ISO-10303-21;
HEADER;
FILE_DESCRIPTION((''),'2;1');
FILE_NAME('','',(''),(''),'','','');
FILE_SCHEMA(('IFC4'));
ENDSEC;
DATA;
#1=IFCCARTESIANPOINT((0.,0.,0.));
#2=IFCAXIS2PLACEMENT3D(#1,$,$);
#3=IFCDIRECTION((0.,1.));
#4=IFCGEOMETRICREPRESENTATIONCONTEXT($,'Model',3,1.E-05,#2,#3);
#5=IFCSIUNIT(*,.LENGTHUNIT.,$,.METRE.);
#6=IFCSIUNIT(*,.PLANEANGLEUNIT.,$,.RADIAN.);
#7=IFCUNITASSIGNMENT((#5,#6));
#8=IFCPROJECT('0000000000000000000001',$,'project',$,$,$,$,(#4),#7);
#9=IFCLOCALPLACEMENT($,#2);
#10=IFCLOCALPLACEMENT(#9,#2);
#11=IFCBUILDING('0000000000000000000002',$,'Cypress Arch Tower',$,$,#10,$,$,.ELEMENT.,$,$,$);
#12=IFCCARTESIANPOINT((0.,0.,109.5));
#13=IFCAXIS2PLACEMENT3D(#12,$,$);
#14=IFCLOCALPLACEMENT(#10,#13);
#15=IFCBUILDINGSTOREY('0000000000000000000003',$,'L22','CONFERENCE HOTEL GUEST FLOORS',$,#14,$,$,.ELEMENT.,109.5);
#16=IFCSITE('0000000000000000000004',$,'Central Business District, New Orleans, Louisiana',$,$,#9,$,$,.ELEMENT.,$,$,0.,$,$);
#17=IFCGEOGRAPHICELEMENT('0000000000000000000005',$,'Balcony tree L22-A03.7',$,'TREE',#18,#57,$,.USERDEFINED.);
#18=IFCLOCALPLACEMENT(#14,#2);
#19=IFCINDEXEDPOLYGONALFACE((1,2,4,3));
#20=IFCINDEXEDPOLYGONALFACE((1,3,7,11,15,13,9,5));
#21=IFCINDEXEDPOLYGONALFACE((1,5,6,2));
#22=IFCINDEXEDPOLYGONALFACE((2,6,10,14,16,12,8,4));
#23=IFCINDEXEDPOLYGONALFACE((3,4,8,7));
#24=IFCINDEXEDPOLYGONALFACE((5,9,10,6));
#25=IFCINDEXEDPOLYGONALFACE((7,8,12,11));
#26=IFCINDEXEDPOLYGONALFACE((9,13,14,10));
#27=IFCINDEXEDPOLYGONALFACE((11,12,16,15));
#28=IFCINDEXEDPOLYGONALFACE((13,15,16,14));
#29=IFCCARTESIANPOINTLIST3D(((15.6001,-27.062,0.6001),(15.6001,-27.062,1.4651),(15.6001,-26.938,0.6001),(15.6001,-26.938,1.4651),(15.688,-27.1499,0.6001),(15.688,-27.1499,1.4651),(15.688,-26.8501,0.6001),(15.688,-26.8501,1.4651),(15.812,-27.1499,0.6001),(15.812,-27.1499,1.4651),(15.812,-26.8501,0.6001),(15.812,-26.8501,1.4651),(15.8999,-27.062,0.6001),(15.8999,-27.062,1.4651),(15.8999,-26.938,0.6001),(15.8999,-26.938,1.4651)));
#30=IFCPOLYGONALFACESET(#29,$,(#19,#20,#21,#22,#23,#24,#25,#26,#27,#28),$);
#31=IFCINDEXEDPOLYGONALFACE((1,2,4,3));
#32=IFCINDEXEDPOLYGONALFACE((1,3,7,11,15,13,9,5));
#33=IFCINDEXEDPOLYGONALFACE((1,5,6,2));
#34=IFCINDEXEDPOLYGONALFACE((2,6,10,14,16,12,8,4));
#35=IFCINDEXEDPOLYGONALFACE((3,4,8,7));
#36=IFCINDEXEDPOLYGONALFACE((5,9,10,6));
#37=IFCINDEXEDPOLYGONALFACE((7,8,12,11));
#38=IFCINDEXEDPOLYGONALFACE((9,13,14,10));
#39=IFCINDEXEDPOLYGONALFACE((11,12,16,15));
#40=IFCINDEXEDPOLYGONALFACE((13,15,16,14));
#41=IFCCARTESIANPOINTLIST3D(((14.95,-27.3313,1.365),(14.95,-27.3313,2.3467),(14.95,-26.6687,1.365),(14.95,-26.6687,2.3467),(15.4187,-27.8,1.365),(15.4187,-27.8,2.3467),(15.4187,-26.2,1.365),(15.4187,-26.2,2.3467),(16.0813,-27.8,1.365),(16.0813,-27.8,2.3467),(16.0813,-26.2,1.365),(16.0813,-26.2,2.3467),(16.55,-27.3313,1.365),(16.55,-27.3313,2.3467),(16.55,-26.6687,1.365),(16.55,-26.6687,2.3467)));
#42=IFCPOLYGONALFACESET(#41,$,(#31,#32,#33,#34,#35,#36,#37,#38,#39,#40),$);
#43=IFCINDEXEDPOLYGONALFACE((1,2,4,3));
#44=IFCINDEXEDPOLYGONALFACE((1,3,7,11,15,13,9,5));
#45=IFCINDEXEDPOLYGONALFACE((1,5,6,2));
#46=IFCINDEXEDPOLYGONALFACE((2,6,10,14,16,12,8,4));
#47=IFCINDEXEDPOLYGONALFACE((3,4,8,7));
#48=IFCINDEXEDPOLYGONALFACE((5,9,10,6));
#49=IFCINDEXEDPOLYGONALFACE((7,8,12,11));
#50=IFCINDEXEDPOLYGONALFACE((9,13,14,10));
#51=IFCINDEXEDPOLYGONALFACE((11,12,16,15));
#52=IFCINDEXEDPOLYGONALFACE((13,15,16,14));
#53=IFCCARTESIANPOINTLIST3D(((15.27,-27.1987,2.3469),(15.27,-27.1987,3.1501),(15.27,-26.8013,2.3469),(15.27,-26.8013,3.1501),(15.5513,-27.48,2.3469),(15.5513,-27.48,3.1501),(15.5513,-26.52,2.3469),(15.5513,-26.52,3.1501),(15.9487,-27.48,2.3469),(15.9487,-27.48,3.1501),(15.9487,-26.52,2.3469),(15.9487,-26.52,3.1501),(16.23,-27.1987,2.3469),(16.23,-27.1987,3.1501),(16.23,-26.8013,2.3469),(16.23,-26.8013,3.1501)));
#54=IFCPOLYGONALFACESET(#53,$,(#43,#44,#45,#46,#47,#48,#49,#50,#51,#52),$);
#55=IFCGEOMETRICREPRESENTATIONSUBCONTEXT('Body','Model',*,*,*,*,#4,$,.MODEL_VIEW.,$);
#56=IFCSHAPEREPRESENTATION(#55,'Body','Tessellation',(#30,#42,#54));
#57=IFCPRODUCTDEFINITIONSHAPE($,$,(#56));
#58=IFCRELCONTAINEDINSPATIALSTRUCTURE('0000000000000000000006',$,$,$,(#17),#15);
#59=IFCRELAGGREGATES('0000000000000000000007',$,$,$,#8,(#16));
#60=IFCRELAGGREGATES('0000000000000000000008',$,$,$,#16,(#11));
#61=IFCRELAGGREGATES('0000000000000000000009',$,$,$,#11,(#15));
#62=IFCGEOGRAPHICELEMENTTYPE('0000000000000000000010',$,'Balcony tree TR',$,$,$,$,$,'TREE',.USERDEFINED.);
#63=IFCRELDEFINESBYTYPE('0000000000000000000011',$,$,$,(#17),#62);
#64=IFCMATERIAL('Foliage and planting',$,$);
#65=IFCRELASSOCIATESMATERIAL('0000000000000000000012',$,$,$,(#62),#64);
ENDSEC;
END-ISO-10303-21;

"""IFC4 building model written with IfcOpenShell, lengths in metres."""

from ifc_helpers import new_model, si_unit, direction, frame, origin, place, context, subcontext, project, spatial, polyline, outline, extrude, material, type_object, element, save


model = new_model("IFC4")

# Units and contexts
model_context = context("Model", 3, precision=1e-05, world=origin(), true_north=direction((0.0, 1.0)))
body_context = subcontext(model_context, "Body", "Model", "MODEL_VIEW")
ifc_project = project(units=[si_unit("LENGTHUNIT", "METRE"), si_unit("PLANEANGLEUNIT", "RADIAN")], contexts=[model_context])

# Site, building, storey
site_placement = place(None, origin())
site = spatial("IfcSite", under=ifc_project, at=site_placement, Name="Central Business District, New Orleans, Louisiana", CompositionType="ELEMENT", RefElevation=0.0)
building_placement = place(site_placement, origin())
building = spatial("IfcBuilding", under=site, at=building_placement, Name="Cypress Arch Tower", CompositionType="ELEMENT")
storey_placement = place(building_placement, frame((0.0, 0.0, 109.5)))
storey = spatial("IfcBuildingStorey", under=building, at=storey_placement, Name="L22", Description="CONFERENCE HOTEL GUEST FLOORS", CompositionType="ELEMENT", Elevation=109.5)

# Geographic element
ifc_material_1 = material(Name="Foliage and planting")
geographic_element_type = type_object("IfcGeographicElementType", Name="Balcony tree TR", ElementType="TREE", PredefinedType="USERDEFINED", material=ifc_material_1)
geographic_element_placement = place(storey_placement, frame((15.75, -27.0, 0.6001), z_axis=(0.0, 0.0, 1.0), x_axis=(1.0, 0.0, 0.0)))
element("IfcGeographicElement", 1, at=geographic_element_placement, inside=storey, type_object=geographic_element_type, Name="Balcony tree L22-A03.7", ObjectType="TREE", PredefinedType="USERDEFINED", context=body_context, shape_type="SweptSolid", body=[
    extrude(outline(polyline([(0.1499, 0.062), (0.062, 0.1499), (-0.062, 0.1499), (-0.1499, 0.062), (-0.1499, -0.062), (-0.062, -0.1499), (0.062, -0.1499), (0.1499, -0.062), (0.1499, 0.062)])), origin(), (0.0, 0.0, 1.0), 0.865),
    extrude(outline(polyline([(0.8, 0.3313), (0.3313, 0.8), (-0.3313, 0.8), (-0.8, 0.3313), (-0.8, -0.3313), (-0.3313, -0.8), (0.3313, -0.8), (0.8, -0.3313), (0.8, 0.3313)])), frame((0.0, 0.0, 0.7649)), (0.0, 0.0, 1.0), 0.9817),
    extrude(outline(polyline([(0.48, 0.1987), (0.1987, 0.48), (-0.1987, 0.48), (-0.48, 0.1987), (-0.48, -0.1987), (-0.1987, -0.48), (0.1987, -0.48), (0.48, -0.1987), (0.48, 0.1987)])), frame((0.0, 0.0, 1.7468)), (0.0, 0.0, 1.0), 0.8032),
])

save(model, "model.ifc")
